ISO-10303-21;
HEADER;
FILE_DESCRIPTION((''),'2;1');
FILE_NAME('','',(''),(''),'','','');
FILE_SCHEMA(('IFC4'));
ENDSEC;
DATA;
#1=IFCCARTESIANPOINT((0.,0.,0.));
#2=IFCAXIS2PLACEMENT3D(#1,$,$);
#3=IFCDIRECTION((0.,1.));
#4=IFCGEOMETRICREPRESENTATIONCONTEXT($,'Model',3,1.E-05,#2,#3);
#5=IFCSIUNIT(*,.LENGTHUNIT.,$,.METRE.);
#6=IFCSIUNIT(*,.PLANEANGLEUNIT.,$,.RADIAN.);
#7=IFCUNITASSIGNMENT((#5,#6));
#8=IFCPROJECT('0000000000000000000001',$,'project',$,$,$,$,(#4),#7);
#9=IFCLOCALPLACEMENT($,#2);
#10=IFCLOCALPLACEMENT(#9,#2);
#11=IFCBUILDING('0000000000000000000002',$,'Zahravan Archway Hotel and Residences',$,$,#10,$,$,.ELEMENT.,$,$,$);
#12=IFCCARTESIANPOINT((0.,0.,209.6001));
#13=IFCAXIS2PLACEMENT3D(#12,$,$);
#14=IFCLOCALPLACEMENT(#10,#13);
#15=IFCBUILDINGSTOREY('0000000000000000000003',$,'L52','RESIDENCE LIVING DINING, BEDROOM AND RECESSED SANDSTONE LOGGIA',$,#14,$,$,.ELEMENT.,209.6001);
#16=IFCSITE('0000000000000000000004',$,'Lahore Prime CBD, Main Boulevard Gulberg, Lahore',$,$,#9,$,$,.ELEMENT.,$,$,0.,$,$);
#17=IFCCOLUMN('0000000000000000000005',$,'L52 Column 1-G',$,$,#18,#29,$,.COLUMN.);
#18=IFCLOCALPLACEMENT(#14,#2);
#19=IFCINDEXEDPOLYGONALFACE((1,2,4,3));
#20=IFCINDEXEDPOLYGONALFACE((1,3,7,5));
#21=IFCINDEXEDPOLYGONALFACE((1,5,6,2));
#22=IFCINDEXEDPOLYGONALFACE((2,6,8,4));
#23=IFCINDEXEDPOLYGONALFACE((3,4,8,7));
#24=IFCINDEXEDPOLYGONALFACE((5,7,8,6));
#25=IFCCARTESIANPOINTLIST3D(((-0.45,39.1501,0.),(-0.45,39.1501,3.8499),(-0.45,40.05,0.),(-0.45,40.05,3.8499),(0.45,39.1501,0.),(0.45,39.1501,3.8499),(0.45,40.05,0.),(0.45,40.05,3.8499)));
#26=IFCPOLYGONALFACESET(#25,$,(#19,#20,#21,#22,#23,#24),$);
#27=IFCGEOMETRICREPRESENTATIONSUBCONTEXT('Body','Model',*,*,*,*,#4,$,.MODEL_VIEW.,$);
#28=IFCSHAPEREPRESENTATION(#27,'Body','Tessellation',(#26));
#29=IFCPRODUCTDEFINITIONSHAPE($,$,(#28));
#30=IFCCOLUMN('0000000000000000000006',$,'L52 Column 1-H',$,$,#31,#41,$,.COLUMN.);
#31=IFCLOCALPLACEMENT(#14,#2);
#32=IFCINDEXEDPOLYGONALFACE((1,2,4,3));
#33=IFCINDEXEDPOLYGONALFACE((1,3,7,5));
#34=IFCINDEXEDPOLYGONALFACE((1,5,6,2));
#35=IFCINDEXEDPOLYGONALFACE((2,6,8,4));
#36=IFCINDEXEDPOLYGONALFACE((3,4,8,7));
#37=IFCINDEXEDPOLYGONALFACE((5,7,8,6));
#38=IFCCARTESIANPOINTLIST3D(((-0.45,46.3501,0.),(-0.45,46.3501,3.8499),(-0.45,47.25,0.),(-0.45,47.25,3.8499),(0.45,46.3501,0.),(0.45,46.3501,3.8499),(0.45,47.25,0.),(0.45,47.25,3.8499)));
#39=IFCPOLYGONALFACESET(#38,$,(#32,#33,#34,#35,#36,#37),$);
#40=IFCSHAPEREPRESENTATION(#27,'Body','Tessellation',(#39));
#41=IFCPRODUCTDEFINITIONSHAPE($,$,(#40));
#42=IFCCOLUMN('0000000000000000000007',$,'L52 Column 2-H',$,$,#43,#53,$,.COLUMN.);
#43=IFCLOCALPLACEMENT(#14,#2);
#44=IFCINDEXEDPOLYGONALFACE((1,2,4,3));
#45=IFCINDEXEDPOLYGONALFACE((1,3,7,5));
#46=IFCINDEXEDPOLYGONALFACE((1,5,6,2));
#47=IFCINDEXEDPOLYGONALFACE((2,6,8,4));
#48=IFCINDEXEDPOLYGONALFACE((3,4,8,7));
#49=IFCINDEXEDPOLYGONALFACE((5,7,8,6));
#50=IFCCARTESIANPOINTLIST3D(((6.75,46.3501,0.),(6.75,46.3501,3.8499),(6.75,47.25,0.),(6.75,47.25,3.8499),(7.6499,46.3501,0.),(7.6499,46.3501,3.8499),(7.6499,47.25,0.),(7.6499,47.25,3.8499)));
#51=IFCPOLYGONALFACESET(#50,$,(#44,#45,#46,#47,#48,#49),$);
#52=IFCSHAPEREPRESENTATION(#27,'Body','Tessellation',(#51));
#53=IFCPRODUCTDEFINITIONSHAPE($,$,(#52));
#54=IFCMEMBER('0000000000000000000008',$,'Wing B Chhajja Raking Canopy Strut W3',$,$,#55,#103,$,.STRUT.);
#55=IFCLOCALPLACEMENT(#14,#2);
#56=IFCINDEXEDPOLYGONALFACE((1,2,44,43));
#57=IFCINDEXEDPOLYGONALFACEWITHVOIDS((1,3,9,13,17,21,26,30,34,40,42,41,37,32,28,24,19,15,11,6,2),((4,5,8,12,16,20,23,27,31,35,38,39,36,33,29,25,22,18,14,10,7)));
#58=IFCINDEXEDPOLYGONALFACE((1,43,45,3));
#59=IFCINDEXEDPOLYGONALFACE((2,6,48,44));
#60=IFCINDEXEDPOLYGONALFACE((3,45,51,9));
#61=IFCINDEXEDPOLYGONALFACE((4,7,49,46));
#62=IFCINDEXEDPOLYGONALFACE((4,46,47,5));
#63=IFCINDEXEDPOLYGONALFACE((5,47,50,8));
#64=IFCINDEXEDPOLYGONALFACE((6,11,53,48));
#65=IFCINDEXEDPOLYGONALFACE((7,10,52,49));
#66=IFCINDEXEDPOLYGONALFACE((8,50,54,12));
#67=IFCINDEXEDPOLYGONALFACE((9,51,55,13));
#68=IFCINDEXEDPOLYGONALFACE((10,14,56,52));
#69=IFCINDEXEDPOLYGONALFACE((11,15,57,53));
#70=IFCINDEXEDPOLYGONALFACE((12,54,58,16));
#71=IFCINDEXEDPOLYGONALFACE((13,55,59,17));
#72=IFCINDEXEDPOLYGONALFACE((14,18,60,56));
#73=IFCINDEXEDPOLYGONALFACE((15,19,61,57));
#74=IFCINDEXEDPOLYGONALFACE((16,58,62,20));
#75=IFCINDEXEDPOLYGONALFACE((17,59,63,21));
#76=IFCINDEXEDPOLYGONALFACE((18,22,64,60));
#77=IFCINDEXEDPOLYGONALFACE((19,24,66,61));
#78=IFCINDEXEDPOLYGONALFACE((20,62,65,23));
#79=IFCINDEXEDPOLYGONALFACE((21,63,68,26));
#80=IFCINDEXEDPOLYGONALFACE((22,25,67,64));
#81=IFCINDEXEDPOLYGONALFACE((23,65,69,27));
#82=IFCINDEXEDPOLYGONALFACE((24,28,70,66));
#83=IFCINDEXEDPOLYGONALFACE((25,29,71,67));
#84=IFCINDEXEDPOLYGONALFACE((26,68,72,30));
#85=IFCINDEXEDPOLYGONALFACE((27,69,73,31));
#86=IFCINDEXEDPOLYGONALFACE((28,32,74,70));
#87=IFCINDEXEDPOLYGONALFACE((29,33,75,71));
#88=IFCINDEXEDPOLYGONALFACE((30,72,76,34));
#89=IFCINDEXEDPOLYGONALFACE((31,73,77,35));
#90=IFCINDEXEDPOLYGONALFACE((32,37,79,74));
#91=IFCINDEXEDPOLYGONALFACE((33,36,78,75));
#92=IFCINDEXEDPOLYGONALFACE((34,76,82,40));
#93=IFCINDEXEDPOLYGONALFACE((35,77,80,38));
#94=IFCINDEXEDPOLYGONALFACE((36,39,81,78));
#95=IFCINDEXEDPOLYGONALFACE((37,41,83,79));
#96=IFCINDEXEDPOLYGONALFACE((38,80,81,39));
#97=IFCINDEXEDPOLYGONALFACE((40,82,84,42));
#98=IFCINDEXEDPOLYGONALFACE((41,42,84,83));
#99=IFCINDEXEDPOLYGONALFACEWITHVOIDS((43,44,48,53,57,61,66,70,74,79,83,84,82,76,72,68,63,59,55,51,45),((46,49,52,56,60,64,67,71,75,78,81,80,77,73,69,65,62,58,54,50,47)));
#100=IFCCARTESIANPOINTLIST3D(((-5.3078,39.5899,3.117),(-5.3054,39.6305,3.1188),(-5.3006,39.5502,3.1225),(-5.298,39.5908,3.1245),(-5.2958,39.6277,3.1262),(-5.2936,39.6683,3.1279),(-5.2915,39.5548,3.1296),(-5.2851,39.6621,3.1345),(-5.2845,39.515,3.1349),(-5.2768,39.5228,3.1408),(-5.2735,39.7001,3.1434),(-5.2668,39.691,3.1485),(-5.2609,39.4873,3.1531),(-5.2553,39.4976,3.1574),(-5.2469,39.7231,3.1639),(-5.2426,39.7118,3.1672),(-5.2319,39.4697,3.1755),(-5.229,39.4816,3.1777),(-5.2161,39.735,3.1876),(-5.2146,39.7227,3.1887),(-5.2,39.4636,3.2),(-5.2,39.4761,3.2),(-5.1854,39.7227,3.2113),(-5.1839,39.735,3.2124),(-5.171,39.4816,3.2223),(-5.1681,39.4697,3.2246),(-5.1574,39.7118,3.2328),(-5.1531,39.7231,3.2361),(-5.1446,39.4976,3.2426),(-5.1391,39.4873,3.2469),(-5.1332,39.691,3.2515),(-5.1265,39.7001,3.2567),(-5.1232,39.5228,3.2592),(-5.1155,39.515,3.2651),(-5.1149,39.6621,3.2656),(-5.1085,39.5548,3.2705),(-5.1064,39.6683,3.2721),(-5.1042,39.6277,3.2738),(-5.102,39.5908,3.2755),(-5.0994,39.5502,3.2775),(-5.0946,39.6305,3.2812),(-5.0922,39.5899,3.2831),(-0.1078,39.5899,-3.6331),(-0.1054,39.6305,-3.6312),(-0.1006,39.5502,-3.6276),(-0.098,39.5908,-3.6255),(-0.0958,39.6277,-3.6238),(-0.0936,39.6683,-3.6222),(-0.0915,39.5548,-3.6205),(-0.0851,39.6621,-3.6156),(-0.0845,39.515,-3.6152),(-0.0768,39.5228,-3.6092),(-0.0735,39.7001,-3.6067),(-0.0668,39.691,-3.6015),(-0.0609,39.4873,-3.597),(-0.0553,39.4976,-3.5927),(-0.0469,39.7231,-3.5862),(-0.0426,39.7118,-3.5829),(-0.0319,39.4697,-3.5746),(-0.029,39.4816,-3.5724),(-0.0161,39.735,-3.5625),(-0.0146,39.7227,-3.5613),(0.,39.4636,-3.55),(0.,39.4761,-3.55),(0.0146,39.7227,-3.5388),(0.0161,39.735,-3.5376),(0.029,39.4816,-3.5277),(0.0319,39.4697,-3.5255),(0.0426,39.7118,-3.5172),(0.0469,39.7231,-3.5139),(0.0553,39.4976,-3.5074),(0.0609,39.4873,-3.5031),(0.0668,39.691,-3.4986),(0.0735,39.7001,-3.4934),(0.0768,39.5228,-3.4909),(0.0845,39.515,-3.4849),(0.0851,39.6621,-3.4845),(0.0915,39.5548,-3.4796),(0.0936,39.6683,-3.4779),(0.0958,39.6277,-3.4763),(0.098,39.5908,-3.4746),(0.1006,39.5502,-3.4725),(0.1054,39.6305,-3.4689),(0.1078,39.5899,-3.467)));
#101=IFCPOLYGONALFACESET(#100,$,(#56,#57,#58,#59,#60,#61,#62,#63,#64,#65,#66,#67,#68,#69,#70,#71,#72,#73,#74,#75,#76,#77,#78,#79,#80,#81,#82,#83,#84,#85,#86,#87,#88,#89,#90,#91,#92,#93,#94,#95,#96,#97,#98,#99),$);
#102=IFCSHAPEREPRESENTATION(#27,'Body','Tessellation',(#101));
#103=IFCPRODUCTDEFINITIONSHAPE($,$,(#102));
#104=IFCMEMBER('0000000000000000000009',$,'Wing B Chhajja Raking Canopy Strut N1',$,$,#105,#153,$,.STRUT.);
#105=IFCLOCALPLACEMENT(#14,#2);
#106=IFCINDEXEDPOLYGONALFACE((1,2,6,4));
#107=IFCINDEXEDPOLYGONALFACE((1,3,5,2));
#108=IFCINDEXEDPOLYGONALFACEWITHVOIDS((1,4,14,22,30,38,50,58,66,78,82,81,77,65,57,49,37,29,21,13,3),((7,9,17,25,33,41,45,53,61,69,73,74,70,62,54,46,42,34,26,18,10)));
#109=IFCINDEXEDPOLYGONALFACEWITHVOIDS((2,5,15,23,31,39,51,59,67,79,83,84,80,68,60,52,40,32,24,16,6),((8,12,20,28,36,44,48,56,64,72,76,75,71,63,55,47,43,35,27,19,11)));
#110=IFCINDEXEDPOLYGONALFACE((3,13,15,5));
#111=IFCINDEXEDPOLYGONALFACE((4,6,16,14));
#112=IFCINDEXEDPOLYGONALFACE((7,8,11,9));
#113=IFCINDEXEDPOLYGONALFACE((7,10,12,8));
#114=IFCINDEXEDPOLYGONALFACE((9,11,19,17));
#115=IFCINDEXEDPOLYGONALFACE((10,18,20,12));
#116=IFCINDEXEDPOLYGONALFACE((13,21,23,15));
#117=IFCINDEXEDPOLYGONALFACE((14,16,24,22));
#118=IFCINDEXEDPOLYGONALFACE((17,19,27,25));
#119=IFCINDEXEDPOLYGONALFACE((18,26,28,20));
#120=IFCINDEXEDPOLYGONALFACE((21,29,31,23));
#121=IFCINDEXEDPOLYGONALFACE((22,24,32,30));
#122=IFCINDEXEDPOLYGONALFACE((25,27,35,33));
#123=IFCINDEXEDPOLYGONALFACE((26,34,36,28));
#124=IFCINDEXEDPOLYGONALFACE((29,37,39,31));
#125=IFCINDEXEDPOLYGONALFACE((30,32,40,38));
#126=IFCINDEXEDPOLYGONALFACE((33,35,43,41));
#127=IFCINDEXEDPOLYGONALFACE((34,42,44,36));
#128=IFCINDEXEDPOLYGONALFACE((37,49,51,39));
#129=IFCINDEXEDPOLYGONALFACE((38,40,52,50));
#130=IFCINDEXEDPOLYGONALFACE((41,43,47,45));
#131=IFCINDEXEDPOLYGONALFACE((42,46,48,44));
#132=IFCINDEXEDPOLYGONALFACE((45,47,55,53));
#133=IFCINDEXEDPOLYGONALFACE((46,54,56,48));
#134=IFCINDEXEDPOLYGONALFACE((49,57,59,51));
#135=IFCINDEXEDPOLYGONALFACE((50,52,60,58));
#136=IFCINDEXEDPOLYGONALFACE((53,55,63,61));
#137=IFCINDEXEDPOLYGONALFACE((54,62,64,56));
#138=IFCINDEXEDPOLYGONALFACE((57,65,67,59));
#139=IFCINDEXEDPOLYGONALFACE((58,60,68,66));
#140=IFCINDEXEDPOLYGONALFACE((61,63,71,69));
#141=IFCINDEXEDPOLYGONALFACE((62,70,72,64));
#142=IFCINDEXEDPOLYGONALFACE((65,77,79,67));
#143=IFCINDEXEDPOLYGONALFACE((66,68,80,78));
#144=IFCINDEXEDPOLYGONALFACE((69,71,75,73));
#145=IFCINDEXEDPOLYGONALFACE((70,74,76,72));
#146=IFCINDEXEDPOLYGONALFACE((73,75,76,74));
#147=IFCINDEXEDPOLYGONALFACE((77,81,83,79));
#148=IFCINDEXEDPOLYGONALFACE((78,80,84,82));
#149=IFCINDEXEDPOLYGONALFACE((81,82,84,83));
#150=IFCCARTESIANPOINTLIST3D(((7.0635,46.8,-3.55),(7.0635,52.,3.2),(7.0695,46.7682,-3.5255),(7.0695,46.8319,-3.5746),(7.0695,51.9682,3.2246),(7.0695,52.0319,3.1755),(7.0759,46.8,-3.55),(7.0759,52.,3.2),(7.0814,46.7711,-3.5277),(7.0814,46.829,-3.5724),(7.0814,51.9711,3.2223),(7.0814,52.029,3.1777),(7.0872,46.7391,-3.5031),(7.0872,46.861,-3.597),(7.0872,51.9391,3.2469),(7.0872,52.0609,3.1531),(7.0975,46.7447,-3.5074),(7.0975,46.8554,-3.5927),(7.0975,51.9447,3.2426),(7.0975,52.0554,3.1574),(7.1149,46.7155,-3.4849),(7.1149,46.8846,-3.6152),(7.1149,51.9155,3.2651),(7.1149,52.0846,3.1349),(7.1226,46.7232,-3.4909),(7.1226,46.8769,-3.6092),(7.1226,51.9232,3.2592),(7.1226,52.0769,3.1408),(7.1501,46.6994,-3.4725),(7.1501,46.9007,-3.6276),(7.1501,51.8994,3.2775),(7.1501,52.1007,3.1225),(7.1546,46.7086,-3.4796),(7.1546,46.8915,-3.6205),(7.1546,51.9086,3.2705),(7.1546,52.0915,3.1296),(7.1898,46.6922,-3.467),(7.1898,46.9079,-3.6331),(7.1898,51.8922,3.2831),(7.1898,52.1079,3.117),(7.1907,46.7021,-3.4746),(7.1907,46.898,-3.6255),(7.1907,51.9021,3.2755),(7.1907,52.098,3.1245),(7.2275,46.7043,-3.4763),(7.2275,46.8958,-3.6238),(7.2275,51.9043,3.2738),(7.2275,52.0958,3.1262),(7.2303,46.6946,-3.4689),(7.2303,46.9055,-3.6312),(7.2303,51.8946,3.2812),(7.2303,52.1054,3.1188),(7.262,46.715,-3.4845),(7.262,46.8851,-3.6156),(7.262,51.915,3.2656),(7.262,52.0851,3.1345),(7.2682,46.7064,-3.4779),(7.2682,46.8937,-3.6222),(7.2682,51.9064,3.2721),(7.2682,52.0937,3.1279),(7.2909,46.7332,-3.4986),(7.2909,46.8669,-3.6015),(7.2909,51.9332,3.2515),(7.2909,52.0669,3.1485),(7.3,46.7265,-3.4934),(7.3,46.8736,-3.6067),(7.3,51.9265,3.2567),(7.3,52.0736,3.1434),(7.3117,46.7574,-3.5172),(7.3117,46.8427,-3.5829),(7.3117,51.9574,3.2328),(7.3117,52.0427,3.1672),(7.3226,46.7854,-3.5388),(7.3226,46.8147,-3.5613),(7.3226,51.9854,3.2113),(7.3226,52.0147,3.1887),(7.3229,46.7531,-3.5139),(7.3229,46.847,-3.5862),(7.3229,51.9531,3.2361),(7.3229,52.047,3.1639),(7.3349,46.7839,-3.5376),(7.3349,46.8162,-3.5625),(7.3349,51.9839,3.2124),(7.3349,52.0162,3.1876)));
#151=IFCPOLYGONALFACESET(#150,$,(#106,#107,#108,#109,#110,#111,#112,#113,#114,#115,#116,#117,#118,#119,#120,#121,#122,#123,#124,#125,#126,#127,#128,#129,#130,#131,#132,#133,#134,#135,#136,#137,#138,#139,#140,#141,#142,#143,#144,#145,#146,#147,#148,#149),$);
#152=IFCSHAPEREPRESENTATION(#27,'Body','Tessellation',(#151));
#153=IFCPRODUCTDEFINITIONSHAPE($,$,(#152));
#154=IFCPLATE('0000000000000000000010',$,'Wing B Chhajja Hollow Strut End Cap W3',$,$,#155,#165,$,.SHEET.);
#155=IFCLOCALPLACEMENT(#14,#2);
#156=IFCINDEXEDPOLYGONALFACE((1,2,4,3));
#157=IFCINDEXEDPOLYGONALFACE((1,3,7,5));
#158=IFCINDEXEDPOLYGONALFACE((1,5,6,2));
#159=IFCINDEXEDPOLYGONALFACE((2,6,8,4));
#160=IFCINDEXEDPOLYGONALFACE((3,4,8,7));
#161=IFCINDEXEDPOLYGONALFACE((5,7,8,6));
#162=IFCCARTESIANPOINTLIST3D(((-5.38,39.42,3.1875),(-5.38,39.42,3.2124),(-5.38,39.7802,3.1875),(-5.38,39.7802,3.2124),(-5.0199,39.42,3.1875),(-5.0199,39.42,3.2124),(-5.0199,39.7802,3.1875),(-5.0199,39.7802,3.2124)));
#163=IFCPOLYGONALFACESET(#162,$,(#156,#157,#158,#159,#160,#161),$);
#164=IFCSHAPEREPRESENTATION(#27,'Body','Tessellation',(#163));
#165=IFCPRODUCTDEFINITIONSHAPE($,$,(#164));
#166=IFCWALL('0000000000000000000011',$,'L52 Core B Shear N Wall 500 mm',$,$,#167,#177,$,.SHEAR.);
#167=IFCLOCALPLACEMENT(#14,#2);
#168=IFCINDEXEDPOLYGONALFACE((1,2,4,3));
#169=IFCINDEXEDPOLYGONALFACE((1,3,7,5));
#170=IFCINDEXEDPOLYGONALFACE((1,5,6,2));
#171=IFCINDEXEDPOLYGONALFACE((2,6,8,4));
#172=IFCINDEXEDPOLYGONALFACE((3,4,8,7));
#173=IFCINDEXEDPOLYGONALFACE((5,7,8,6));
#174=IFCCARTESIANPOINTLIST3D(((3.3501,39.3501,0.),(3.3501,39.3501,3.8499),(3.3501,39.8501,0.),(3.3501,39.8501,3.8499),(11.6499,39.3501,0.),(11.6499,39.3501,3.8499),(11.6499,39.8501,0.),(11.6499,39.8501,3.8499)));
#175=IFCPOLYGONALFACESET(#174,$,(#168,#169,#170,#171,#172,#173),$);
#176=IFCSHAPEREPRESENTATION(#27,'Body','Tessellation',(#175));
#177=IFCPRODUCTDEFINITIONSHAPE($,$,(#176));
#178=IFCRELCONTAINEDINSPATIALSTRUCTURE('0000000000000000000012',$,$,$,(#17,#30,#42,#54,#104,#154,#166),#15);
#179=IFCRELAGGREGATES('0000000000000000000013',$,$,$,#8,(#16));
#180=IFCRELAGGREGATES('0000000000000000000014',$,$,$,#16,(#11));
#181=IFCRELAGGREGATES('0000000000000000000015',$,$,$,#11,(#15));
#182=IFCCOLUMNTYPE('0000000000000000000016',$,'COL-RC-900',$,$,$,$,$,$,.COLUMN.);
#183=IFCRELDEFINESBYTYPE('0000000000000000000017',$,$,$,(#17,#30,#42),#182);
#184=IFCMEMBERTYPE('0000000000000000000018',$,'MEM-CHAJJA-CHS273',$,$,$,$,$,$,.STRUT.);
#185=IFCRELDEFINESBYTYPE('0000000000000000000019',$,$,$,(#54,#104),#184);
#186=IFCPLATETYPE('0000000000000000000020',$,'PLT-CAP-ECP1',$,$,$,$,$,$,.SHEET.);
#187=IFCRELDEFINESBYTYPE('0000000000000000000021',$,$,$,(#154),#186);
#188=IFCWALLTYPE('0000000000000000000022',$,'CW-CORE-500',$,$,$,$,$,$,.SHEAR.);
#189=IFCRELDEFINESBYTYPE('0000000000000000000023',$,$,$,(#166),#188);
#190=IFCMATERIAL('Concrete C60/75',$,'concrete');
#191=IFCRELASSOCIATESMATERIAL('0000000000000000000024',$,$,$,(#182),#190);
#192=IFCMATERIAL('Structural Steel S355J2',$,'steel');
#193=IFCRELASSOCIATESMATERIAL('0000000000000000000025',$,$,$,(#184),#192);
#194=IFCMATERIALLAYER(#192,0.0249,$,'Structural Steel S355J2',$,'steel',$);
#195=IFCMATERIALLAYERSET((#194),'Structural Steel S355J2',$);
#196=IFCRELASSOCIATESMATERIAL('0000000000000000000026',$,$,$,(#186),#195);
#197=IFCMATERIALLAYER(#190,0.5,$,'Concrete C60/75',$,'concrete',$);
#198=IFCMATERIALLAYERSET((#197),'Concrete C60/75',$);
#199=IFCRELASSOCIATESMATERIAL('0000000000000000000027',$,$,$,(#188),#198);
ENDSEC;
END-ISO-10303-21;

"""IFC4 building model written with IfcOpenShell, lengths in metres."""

from ifc_helpers import new_model, si_unit, direction, frame, frame_2d, origin, origin_2d, place, context, subcontext, project, spatial, rectangle, hollow_circle, extrude, source, transform, mapped, material, layer, layer_set, material_profile, profile_set, type_object, type_shapes, element, save


model = new_model("IFC4")

# Units and contexts
model_context = context("Model", 3, precision=1e-05, world=origin(), true_north=direction((0.0, 1.0)))
body_context = subcontext(model_context, "Body", "Model", "MODEL_VIEW")
ifc_project = project(units=[si_unit("LENGTHUNIT", "METRE"), si_unit("PLANEANGLEUNIT", "RADIAN")], contexts=[model_context])

# Site, building, storey
site_placement = place(None, origin())
site = spatial("IfcSite", under=ifc_project, at=site_placement, Name="Lahore Prime CBD, Main Boulevard Gulberg, Lahore", CompositionType="ELEMENT", RefElevation=0.0)
building_placement = place(site_placement, origin())
building = spatial("IfcBuilding", under=site, at=building_placement, Name="Zahravan Archway Hotel and Residences", CompositionType="ELEMENT")
storey_placement = place(building_placement, frame((0.0, 0.0, 209.6001)))
storey = spatial("IfcBuildingStorey", under=building, at=storey_placement, Name="L52", Description="RESIDENCE LIVING DINING, BEDROOM AND RECESSED SANDSTONE LOGGIA", CompositionType="ELEMENT", Elevation=209.6001)

# Columns
ifc_material_1 = material(Name="Concrete C60/75", Category="concrete")
ifc_material_profile_1 = material_profile(ifc_material_1, rectangle(XDim=0.8999, YDim=0.8999, at=origin_2d()), Name="RC-COL-900x900", Category="concrete")
ifc_profile_set_1 = profile_set([ifc_material_profile_1], Name="Concrete C60/75")
column_type = type_object("IfcColumnType", Name="COL-RC-900", PredefinedType="COLUMN", material=ifc_profile_set_1)
shared_shape_1 = source(origin(), body_context, "Body", "SweptSolid", [
    extrude(rectangle(XDim=0.8999, YDim=0.8999, at=origin_2d()), origin(), (0.0, 0.0, 1.0), 3.8499),
])
for number, where, z_axis, x_axis, name in (
    (1, (0.0, 39.6001, 0.0), (0.0, 0.0, 1.0), (1.0, 0.0, 0.0), "L52 Column 1-G"),
    (2, (0.0, 46.8, 0.0), (0.0, 0.0, 1.0), (1.0, 0.0, 0.0), "L52 Column 1-H"),
    (3, (7.2, 46.8, 0.0), (0.0, 0.0, 1.0), (1.0, 0.0, 0.0), "L52 Column 2-H"),
):
    element("IfcColumn", number, at=place(storey_placement, frame(where, z_axis=z_axis, x_axis=x_axis)), inside=storey, type_object=column_type, Name=name, PredefinedType="COLUMN", context=body_context, shape_type="MappedRepresentation", body=[
        mapped(shared_shape_1, transform((0.0, 0.0, 0.0), scale=1.0)),
    ])

# Members
ifc_material_2 = material(Name="Structural Steel S355J2", Category="steel")
ifc_material_profile_2 = material_profile(ifc_material_2, hollow_circle(Radius=0.1365, WallThickness=0.0125, at=origin_2d()), Name="CHS 273x12.5", Category="steel")
ifc_profile_set_2 = profile_set([ifc_material_profile_2], Name="Structural Steel S355J2")
member_type = type_object("IfcMemberType", Name="MEM-CHAJJA-CHS273", PredefinedType="STRUT", material=ifc_profile_set_2)
shared_shape_2 = source(origin(), body_context, "Body", "SweptSolid", [
    extrude(hollow_circle(Radius=0.1365, WallThickness=0.0125, at=origin_2d()), origin(), (0.0, 0.0, 1.0), 8.5208),
])
type_shapes(member_type, [shared_shape_2])
for number, where, z_axis, x_axis, name in (
    (4, (0.0, 39.6001, -3.55), (-0.610274, 0.0, 0.79219), (0.0, -1.0, 0.0), "Wing B Chhajja Raking Canopy Strut W3"),
    (5, (7.2, 46.8, -3.55), (0.0, 0.610274, 0.79219), (-1.0, 0.0, 0.0), "Wing B Chhajja Raking Canopy Strut N1"),
):
    element("IfcMember", number, at=place(storey_placement, frame(where, z_axis=z_axis, x_axis=x_axis)), inside=storey, type_object=member_type, Name=name, PredefinedType="STRUT", context=body_context, shape_type="MappedRepresentation", body=[
        mapped(shared_shape_2, transform((0.0, 0.0, 0.0), scale=1.0)),
    ])

# Plate
ifc_layer_1 = layer(ifc_material_2, 0.0249, Name="Structural Steel S355J2", Category="steel")
ifc_layer_set_1 = layer_set([ifc_layer_1], Name="Structural Steel S355J2")
plate_type = type_object("IfcPlateType", Name="PLT-CAP-ECP1", PredefinedType="SHEET", material=ifc_layer_set_1)
shared_shape_3 = source(origin(), body_context, "Body", "SweptSolid", [
    extrude(rectangle(XDim=0.3601, YDim=0.3601, at=origin_2d()), origin(), (0.0, 0.0, 1.0), 0.0249),
])
type_shapes(plate_type, [shared_shape_3])
plate_placement = place(storey_placement, frame((-5.2, 39.6001, 3.1875), z_axis=(0.0, 0.0, 1.0), x_axis=(1.0, 0.0, 0.0)))
element("IfcPlate", 6, at=plate_placement, inside=storey, type_object=plate_type, Name="Wing B Chhajja Hollow Strut End Cap W3", PredefinedType="SHEET", context=body_context, shape_type="MappedRepresentation", body=[
    mapped(shared_shape_3, transform((0.0, 0.0, 0.0), scale=1.0)),
])

# Wall
ifc_layer_2 = layer(ifc_material_1, 0.5, Name="Concrete C60/75", Category="concrete")
ifc_layer_set_2 = layer_set([ifc_layer_2], Name="Concrete C60/75")
wall_type_1 = type_object("IfcWallType", Name="CW-CORE-500", PredefinedType="SHEAR", material=ifc_layer_set_2)
wall_1_placement = place(storey_placement, frame((3.3501, 39.6001, 0.0), z_axis=(0.0, 0.0, 1.0), x_axis=(1.0, 0.0, 0.0)))
element("IfcWall", 7, at=wall_1_placement, inside=storey, type_object=wall_type_1, Name="L52 Core B Shear N Wall 500 mm", PredefinedType="SHEAR", context=body_context, shape_type="SweptSolid", body=[
    extrude(rectangle(XDim=8.2998, YDim=0.5, at=frame_2d((4.1499, 0.0))), origin(), (0.0, 0.0, 1.0), 3.8499),
])

save(model, "model.ifc")
